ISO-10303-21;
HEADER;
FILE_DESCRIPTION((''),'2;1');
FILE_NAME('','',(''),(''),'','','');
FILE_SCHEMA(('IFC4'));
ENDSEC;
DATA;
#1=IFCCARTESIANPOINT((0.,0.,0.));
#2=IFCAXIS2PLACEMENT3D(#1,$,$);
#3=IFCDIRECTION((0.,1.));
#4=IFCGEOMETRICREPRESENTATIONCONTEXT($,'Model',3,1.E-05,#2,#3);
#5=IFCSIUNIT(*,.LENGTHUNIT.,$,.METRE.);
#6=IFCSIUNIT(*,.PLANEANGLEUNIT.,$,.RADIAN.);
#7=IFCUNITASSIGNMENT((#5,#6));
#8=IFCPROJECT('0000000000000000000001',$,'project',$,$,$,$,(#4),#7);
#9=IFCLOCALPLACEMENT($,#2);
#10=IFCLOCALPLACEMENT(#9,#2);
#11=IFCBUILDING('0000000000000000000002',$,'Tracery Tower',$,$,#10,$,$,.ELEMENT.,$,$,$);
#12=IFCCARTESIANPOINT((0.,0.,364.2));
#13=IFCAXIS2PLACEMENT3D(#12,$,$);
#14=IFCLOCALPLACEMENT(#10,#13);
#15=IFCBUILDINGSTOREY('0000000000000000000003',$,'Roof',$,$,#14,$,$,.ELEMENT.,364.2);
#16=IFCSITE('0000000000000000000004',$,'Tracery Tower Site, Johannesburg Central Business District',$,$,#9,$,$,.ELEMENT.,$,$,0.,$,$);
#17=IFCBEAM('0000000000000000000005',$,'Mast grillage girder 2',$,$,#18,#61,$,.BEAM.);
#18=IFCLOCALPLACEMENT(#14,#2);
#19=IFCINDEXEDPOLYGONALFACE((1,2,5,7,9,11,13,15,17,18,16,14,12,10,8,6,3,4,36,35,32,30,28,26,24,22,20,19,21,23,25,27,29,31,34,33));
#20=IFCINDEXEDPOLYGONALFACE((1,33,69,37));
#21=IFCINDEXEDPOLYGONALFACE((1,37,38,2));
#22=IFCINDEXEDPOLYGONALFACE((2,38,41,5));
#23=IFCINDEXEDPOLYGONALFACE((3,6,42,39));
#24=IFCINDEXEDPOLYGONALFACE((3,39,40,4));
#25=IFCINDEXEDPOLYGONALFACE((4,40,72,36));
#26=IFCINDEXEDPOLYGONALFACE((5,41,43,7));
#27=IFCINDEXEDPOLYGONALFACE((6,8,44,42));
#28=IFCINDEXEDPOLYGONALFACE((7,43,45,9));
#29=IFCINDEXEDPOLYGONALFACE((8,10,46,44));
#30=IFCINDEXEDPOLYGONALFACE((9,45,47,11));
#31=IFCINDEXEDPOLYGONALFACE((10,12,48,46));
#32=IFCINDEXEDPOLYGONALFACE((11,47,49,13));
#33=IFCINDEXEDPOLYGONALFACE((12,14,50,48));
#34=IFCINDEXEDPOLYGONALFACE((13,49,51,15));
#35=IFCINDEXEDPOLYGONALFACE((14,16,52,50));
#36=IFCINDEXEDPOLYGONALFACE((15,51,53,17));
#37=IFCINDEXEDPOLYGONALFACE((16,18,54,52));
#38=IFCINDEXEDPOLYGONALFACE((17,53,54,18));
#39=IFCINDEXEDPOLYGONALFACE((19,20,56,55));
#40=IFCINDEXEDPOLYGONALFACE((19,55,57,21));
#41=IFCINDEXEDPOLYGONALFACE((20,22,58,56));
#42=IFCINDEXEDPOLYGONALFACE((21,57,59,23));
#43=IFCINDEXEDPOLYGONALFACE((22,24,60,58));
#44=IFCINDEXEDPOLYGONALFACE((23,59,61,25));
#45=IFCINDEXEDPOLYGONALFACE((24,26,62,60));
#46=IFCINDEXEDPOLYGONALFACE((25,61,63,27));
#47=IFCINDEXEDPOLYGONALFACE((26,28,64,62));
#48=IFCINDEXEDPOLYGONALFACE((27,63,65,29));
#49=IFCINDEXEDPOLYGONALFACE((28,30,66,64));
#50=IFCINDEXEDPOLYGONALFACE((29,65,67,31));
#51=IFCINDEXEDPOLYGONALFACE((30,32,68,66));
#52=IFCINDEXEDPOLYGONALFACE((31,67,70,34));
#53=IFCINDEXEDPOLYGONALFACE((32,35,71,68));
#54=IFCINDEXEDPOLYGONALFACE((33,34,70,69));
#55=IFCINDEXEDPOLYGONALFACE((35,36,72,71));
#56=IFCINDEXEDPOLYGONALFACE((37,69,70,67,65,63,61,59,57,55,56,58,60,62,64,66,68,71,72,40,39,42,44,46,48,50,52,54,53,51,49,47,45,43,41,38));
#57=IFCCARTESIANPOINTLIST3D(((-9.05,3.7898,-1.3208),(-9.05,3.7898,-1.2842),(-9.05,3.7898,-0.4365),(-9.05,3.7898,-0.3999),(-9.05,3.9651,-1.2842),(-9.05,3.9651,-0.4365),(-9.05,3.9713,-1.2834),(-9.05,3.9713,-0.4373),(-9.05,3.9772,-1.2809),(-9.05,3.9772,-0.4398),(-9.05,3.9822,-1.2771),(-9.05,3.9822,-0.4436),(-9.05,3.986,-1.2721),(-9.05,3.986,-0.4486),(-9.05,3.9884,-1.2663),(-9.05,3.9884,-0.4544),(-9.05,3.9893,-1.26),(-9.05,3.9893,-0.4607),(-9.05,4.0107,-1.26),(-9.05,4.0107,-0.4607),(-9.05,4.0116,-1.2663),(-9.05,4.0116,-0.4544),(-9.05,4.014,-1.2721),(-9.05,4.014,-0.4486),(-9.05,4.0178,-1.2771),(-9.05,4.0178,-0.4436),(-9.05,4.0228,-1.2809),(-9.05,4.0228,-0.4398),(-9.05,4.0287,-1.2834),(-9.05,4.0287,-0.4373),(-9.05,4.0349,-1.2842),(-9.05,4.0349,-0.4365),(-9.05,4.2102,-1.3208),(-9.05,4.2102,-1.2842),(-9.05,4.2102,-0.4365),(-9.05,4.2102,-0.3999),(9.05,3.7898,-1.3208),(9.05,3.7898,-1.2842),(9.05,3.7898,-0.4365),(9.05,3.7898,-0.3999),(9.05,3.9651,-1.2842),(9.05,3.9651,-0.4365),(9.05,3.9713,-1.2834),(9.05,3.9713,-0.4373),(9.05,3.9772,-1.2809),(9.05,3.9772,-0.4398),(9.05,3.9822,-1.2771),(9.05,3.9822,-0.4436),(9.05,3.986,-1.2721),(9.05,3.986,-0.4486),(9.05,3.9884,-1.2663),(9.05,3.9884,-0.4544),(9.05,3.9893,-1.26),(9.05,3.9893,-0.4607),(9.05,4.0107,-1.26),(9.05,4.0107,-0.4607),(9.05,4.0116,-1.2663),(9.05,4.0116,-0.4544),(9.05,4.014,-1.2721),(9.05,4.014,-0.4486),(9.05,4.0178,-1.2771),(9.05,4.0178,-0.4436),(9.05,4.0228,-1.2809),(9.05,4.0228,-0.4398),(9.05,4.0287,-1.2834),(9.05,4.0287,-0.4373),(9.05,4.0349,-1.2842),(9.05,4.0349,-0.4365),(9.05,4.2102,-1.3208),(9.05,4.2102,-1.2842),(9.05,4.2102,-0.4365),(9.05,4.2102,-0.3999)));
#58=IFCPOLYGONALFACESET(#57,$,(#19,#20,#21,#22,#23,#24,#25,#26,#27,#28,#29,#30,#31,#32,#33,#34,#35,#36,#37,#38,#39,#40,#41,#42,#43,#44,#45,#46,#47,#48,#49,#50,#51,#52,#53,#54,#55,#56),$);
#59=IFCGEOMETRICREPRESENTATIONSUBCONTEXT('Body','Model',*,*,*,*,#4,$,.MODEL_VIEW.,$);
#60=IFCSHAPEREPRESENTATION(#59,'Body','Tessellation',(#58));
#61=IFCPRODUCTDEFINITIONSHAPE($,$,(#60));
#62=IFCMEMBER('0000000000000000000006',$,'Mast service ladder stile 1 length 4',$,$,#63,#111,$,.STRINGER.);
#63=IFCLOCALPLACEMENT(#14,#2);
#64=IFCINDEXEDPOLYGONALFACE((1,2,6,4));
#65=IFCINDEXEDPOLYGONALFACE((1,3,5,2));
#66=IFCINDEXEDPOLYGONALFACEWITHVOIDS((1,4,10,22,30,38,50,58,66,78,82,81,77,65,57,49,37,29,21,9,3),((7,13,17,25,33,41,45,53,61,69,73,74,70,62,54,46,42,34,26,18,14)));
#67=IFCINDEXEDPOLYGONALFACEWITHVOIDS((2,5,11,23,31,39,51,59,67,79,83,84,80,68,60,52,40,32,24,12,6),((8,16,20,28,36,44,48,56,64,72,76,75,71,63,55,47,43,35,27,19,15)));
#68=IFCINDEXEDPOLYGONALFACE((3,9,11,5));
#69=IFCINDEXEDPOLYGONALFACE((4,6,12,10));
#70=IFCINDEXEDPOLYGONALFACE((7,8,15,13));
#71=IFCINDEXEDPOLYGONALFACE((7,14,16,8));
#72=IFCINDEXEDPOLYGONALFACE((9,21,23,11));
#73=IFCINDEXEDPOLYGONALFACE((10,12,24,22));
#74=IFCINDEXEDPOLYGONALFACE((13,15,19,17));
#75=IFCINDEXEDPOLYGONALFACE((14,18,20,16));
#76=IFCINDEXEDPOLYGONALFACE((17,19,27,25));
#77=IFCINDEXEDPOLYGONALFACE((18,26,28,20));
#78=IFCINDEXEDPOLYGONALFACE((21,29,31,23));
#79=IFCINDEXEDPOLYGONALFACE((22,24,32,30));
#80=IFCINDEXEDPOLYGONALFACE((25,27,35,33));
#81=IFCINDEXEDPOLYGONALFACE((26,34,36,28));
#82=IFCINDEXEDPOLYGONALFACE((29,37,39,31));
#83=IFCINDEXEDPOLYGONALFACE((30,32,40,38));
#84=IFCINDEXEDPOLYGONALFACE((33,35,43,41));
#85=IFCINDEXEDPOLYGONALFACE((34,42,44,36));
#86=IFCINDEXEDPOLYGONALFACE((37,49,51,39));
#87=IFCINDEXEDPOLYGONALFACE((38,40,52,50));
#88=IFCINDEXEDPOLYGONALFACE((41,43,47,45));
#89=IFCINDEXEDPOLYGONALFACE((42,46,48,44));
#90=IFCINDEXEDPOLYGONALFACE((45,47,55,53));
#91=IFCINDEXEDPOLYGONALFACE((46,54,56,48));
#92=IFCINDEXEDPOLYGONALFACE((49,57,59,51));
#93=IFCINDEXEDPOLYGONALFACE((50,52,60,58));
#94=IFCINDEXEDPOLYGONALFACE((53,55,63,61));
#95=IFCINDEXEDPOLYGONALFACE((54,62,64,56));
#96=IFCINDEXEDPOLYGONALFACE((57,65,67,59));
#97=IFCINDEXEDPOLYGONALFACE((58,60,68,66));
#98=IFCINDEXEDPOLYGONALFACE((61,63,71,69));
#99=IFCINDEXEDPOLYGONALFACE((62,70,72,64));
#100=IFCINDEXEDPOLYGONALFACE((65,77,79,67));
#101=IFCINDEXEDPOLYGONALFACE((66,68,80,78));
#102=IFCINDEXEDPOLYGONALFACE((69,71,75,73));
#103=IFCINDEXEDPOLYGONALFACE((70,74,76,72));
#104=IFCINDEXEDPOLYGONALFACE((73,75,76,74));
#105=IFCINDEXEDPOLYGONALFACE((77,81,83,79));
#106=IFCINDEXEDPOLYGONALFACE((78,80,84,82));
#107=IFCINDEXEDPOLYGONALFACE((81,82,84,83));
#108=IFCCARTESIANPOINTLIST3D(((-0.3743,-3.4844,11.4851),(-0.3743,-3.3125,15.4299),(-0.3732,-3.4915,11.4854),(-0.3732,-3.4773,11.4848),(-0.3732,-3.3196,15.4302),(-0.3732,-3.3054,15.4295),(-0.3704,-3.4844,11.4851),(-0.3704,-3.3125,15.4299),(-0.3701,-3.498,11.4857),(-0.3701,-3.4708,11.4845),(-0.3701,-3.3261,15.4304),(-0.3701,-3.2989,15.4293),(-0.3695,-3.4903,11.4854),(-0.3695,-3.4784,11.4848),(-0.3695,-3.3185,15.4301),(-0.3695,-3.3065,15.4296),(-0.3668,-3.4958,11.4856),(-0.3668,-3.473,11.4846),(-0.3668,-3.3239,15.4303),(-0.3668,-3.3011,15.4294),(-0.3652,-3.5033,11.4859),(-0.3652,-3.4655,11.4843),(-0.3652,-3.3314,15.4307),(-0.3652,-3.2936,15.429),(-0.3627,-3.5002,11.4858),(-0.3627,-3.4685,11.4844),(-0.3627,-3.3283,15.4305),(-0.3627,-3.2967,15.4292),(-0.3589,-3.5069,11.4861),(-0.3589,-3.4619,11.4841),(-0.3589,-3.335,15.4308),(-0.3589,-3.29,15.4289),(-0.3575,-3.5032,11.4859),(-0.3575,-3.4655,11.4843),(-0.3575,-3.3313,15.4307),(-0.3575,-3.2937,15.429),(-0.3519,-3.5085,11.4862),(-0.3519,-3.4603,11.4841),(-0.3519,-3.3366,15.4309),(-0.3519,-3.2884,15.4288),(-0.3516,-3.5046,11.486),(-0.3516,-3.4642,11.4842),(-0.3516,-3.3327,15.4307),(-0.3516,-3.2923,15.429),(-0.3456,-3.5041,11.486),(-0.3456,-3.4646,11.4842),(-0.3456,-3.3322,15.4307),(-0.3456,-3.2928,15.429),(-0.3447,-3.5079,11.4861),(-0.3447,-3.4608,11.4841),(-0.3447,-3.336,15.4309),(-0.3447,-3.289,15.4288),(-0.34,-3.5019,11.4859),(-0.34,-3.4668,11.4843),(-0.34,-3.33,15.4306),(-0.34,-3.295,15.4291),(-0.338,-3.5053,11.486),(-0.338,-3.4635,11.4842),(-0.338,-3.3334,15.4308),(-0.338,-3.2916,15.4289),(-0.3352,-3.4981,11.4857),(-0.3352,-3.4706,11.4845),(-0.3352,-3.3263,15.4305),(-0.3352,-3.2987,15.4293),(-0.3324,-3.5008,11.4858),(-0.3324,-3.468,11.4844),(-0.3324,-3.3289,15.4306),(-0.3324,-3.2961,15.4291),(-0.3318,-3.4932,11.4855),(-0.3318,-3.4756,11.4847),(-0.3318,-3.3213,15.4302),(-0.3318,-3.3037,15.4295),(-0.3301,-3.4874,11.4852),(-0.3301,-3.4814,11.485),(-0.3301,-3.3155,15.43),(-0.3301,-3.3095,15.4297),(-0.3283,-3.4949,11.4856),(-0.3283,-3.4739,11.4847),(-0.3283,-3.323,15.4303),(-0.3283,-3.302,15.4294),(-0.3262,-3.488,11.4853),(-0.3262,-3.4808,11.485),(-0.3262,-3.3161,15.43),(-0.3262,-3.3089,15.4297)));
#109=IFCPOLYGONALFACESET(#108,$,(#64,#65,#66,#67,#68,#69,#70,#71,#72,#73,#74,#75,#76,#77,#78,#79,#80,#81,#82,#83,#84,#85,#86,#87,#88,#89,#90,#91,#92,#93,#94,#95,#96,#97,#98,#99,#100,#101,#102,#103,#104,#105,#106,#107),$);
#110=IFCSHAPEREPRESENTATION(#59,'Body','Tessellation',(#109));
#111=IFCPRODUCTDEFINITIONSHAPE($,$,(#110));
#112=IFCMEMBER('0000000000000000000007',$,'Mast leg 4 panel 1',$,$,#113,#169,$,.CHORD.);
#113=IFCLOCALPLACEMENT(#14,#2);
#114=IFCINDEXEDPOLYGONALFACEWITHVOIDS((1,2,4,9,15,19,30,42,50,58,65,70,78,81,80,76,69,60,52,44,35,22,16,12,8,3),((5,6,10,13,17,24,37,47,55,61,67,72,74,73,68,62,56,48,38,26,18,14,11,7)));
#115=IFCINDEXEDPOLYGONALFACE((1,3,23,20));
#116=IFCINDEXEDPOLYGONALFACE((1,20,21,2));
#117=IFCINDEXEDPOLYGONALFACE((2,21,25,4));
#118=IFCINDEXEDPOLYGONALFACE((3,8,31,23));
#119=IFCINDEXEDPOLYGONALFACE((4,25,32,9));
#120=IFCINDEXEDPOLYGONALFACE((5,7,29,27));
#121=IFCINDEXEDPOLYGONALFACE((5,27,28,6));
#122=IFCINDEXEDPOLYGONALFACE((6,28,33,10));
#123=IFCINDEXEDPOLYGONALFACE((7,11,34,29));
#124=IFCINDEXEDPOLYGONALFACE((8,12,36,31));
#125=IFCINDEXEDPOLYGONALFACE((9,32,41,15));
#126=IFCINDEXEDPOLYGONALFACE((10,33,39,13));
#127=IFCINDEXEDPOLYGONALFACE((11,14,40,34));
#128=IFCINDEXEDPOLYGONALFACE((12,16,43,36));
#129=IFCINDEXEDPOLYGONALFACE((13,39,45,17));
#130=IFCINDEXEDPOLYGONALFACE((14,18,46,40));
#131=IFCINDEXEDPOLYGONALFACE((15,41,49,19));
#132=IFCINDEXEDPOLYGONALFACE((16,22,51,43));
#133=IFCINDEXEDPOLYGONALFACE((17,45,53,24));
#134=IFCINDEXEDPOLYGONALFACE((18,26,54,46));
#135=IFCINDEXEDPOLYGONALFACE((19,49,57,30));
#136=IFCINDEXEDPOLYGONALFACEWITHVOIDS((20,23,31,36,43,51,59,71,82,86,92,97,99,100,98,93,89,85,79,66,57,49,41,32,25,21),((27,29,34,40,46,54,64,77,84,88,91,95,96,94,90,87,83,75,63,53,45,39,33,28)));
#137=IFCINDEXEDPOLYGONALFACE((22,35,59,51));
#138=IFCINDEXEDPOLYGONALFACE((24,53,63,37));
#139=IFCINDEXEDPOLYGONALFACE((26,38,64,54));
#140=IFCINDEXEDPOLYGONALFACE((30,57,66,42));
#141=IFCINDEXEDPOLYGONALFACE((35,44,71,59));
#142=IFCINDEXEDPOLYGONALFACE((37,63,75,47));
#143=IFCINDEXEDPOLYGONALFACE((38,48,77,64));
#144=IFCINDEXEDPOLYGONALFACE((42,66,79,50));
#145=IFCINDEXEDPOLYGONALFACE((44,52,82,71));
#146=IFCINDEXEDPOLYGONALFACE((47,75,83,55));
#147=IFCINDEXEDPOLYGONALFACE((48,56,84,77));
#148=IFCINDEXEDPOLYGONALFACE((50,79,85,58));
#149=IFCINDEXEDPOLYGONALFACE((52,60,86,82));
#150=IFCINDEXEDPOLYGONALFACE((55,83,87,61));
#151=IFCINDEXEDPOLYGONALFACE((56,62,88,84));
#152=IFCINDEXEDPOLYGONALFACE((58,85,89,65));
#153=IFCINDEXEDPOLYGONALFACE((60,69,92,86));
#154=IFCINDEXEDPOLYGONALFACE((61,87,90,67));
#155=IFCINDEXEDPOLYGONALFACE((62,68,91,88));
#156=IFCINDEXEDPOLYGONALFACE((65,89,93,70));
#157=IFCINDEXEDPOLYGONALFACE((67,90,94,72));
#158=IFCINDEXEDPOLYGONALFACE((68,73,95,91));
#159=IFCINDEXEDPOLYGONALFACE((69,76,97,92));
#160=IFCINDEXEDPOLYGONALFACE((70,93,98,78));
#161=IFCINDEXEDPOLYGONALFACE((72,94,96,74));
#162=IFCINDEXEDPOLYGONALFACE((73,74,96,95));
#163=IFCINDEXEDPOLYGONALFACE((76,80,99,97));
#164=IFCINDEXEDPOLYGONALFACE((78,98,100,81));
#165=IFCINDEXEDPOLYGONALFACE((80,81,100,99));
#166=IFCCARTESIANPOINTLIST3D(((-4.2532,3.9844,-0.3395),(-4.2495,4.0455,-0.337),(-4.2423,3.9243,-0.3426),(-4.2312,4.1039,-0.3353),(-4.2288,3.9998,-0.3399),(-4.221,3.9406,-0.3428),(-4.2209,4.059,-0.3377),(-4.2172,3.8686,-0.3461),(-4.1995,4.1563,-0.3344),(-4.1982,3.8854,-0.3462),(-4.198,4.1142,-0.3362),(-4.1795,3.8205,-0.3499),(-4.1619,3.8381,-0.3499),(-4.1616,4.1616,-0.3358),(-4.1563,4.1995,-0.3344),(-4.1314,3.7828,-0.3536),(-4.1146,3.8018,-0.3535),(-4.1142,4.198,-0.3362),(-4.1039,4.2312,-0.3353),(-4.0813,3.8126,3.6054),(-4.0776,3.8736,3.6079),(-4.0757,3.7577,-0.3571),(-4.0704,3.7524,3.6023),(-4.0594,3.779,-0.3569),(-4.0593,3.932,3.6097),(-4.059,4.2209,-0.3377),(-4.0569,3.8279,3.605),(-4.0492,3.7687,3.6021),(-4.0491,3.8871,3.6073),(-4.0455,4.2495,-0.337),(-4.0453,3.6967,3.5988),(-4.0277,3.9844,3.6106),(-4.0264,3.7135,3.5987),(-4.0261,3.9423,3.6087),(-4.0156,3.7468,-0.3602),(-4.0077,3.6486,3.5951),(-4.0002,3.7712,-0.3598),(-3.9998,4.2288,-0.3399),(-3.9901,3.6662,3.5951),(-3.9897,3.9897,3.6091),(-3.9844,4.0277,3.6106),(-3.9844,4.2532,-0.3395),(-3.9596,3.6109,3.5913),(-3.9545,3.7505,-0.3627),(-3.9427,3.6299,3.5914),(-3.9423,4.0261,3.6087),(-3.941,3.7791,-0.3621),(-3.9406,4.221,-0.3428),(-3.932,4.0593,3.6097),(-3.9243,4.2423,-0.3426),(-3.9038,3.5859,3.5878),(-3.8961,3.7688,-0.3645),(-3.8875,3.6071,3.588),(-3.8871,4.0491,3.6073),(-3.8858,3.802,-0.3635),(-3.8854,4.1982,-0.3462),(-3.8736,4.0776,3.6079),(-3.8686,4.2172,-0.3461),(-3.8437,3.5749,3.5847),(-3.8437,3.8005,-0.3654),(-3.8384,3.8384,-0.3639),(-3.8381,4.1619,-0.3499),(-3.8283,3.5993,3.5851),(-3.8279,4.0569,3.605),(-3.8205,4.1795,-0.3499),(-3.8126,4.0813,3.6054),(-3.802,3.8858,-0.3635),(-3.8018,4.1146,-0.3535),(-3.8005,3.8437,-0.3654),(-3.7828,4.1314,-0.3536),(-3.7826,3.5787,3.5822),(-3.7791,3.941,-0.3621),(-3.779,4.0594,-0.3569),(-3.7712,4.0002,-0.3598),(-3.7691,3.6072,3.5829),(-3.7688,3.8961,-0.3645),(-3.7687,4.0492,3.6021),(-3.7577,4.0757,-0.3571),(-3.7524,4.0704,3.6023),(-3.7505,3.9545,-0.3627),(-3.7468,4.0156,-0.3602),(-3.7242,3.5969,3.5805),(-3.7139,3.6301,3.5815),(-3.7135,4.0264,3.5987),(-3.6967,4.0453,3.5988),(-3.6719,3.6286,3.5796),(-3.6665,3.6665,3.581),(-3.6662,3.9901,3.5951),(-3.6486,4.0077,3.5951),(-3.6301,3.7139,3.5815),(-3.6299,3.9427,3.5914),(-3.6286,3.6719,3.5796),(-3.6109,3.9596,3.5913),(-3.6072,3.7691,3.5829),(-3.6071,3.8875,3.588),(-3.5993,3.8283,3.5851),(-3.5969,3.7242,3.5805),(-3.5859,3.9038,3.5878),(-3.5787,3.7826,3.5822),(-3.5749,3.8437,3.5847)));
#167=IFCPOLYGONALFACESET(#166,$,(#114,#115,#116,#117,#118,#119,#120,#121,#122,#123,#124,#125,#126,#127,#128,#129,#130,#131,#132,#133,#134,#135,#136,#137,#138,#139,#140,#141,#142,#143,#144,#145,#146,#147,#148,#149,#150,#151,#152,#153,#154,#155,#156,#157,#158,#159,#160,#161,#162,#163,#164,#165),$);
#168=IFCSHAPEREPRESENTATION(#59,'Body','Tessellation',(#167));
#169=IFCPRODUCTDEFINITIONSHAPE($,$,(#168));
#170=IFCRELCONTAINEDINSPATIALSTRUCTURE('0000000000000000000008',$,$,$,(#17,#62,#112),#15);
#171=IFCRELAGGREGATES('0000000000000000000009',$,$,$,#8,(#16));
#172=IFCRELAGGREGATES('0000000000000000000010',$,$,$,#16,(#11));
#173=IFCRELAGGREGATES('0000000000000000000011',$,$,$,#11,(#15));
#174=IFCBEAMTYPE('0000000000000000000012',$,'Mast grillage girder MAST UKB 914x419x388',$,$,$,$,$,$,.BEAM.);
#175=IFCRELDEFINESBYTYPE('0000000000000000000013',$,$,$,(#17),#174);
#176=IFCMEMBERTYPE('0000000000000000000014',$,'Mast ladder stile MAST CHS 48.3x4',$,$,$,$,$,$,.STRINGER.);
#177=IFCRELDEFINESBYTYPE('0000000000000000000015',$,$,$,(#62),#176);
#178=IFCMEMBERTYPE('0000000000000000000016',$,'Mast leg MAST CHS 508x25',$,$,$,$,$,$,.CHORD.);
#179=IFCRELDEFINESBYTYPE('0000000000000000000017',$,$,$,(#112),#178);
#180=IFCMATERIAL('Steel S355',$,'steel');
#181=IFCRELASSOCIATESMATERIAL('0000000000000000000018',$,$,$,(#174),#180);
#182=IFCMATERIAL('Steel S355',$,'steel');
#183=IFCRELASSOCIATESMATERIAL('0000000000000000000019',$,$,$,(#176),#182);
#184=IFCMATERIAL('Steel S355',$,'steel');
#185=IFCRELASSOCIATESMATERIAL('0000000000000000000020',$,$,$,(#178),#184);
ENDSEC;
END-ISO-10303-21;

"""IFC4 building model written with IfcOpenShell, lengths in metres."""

from ifc_helpers import new_model, si_unit, direction, frame, origin, origin_2d, place, context, subcontext, project, spatial, hollow_circle, i_section, extrude, material, material_profile, profile_set, type_object, element, save


model = new_model("IFC4")

# Units and contexts
model_context = context("Model", 3, precision=1e-05, world=origin(), true_north=direction((0.0, 1.0)))
body_context = subcontext(model_context, "Body", "Model", "MODEL_VIEW")
ifc_project = project(units=[si_unit("LENGTHUNIT", "METRE"), si_unit("PLANEANGLEUNIT", "RADIAN")], contexts=[model_context])

# Site, building, storey
site_placement = place(None, origin())
site = spatial("IfcSite", under=ifc_project, at=site_placement, Name="Tracery Tower Site, Johannesburg Central Business District", CompositionType="ELEMENT", RefElevation=0.0)
building_placement = place(site_placement, origin())
building = spatial("IfcBuilding", under=site, at=building_placement, Name="Tracery Tower", CompositionType="ELEMENT")
storey_placement = place(building_placement, frame((0.0, 0.0, 364.2)))
storey = spatial("IfcBuildingStorey", under=building, at=storey_placement, Name="Roof", CompositionType="ELEMENT", Elevation=364.2)

# Beam
ifc_material_1 = material(Name="Steel S355", Category="steel")
ifc_material_profile_1 = material_profile(ifc_material_1, i_section(OverallWidth=0.4204, OverallDepth=0.9209, WebThickness=0.0215, FlangeThickness=0.0366, FilletRadius=0.0242, at=origin_2d()), Name="UKB 914x419x388")
ifc_profile_set_1 = profile_set([ifc_material_profile_1], Name="Steel S355")
beam_type_1 = type_object("IfcBeamType", Name="Mast grillage girder MAST UKB 914x419x388", PredefinedType="BEAM", material=ifc_profile_set_1)
beam_1_placement = place(storey_placement, frame((-9.05, 4.0, -0.8604), z_axis=(1.0, 0.0, 0.0), x_axis=(0.0, 1.0, 0.0)))
element("IfcBeam", 1, at=beam_1_placement, inside=storey, type_object=beam_type_1, Name="Mast grillage girder 2", PredefinedType="BEAM", context=body_context, shape_type="SweptSolid", body=[
    extrude(i_section(OverallWidth=0.4204, OverallDepth=0.9209, WebThickness=0.0215, FlangeThickness=0.0366, FilletRadius=0.0242, at=origin_2d()), origin(), (0.0, 0.0, 1.0), 18.1001),
])

# Members
ifc_material_2 = material(Name="Steel S355", Category="steel")
ifc_material_profile_2 = material_profile(ifc_material_2, hollow_circle(Radius=0.0242, WallThickness=0.0039, at=origin_2d()), Name="CHS 48.3x4")
ifc_profile_set_2 = profile_set([ifc_material_profile_2], Name="Steel S355")
member_type_1 = type_object("IfcMemberType", Name="Mast ladder stile MAST CHS 48.3x4", PredefinedType="STRINGER", material=ifc_profile_set_2)
member_1_placement = place(storey_placement, frame((-0.3501, -3.4844, 11.4851), z_axis=(0.0, 0.043528, 0.999052), x_axis=(-1.0, 0.0, 0.0)))
element("IfcMember", 2, at=member_1_placement, inside=storey, type_object=member_type_1, Name="Mast service ladder stile 1 length 4", PredefinedType="STRINGER", context=body_context, shape_type="SweptSolid", body=[
    extrude(hollow_circle(Radius=0.0242, WallThickness=0.0039, at=origin_2d()), origin(), (0.0, 0.0, 1.0), 3.9485),
])
ifc_material_3 = material(Name="Steel S355", Category="steel")
ifc_material_profile_3 = material_profile(ifc_material_3, hollow_circle(Radius=0.2539, WallThickness=0.0249, at=origin_2d()), Name="CHS 508x25")
ifc_profile_set_3 = profile_set([ifc_material_profile_3], Name="Steel S355")
member_type_2 = type_object("IfcMemberType", Name="Mast leg MAST CHS 508x25", PredefinedType="CHORD", material=ifc_profile_set_3)
member_2_placement = place(storey_placement, frame((-4.0, 4.0, -0.3499), z_axis=(0.043487, -0.043487, 0.998107), x_axis=(0.707107, 0.707107, 0.0)))
element("IfcMember", 3, at=member_2_placement, inside=storey, type_object=member_type_2, Name="Mast leg 4 panel 1", PredefinedType="CHORD", context=body_context, shape_type="SweptSolid", body=[
    extrude(hollow_circle(Radius=0.2539, WallThickness=0.0249, at=origin_2d()), origin(), (0.0, 0.0, 1.0), 3.9524),
])

save(model, "model.ifc")
